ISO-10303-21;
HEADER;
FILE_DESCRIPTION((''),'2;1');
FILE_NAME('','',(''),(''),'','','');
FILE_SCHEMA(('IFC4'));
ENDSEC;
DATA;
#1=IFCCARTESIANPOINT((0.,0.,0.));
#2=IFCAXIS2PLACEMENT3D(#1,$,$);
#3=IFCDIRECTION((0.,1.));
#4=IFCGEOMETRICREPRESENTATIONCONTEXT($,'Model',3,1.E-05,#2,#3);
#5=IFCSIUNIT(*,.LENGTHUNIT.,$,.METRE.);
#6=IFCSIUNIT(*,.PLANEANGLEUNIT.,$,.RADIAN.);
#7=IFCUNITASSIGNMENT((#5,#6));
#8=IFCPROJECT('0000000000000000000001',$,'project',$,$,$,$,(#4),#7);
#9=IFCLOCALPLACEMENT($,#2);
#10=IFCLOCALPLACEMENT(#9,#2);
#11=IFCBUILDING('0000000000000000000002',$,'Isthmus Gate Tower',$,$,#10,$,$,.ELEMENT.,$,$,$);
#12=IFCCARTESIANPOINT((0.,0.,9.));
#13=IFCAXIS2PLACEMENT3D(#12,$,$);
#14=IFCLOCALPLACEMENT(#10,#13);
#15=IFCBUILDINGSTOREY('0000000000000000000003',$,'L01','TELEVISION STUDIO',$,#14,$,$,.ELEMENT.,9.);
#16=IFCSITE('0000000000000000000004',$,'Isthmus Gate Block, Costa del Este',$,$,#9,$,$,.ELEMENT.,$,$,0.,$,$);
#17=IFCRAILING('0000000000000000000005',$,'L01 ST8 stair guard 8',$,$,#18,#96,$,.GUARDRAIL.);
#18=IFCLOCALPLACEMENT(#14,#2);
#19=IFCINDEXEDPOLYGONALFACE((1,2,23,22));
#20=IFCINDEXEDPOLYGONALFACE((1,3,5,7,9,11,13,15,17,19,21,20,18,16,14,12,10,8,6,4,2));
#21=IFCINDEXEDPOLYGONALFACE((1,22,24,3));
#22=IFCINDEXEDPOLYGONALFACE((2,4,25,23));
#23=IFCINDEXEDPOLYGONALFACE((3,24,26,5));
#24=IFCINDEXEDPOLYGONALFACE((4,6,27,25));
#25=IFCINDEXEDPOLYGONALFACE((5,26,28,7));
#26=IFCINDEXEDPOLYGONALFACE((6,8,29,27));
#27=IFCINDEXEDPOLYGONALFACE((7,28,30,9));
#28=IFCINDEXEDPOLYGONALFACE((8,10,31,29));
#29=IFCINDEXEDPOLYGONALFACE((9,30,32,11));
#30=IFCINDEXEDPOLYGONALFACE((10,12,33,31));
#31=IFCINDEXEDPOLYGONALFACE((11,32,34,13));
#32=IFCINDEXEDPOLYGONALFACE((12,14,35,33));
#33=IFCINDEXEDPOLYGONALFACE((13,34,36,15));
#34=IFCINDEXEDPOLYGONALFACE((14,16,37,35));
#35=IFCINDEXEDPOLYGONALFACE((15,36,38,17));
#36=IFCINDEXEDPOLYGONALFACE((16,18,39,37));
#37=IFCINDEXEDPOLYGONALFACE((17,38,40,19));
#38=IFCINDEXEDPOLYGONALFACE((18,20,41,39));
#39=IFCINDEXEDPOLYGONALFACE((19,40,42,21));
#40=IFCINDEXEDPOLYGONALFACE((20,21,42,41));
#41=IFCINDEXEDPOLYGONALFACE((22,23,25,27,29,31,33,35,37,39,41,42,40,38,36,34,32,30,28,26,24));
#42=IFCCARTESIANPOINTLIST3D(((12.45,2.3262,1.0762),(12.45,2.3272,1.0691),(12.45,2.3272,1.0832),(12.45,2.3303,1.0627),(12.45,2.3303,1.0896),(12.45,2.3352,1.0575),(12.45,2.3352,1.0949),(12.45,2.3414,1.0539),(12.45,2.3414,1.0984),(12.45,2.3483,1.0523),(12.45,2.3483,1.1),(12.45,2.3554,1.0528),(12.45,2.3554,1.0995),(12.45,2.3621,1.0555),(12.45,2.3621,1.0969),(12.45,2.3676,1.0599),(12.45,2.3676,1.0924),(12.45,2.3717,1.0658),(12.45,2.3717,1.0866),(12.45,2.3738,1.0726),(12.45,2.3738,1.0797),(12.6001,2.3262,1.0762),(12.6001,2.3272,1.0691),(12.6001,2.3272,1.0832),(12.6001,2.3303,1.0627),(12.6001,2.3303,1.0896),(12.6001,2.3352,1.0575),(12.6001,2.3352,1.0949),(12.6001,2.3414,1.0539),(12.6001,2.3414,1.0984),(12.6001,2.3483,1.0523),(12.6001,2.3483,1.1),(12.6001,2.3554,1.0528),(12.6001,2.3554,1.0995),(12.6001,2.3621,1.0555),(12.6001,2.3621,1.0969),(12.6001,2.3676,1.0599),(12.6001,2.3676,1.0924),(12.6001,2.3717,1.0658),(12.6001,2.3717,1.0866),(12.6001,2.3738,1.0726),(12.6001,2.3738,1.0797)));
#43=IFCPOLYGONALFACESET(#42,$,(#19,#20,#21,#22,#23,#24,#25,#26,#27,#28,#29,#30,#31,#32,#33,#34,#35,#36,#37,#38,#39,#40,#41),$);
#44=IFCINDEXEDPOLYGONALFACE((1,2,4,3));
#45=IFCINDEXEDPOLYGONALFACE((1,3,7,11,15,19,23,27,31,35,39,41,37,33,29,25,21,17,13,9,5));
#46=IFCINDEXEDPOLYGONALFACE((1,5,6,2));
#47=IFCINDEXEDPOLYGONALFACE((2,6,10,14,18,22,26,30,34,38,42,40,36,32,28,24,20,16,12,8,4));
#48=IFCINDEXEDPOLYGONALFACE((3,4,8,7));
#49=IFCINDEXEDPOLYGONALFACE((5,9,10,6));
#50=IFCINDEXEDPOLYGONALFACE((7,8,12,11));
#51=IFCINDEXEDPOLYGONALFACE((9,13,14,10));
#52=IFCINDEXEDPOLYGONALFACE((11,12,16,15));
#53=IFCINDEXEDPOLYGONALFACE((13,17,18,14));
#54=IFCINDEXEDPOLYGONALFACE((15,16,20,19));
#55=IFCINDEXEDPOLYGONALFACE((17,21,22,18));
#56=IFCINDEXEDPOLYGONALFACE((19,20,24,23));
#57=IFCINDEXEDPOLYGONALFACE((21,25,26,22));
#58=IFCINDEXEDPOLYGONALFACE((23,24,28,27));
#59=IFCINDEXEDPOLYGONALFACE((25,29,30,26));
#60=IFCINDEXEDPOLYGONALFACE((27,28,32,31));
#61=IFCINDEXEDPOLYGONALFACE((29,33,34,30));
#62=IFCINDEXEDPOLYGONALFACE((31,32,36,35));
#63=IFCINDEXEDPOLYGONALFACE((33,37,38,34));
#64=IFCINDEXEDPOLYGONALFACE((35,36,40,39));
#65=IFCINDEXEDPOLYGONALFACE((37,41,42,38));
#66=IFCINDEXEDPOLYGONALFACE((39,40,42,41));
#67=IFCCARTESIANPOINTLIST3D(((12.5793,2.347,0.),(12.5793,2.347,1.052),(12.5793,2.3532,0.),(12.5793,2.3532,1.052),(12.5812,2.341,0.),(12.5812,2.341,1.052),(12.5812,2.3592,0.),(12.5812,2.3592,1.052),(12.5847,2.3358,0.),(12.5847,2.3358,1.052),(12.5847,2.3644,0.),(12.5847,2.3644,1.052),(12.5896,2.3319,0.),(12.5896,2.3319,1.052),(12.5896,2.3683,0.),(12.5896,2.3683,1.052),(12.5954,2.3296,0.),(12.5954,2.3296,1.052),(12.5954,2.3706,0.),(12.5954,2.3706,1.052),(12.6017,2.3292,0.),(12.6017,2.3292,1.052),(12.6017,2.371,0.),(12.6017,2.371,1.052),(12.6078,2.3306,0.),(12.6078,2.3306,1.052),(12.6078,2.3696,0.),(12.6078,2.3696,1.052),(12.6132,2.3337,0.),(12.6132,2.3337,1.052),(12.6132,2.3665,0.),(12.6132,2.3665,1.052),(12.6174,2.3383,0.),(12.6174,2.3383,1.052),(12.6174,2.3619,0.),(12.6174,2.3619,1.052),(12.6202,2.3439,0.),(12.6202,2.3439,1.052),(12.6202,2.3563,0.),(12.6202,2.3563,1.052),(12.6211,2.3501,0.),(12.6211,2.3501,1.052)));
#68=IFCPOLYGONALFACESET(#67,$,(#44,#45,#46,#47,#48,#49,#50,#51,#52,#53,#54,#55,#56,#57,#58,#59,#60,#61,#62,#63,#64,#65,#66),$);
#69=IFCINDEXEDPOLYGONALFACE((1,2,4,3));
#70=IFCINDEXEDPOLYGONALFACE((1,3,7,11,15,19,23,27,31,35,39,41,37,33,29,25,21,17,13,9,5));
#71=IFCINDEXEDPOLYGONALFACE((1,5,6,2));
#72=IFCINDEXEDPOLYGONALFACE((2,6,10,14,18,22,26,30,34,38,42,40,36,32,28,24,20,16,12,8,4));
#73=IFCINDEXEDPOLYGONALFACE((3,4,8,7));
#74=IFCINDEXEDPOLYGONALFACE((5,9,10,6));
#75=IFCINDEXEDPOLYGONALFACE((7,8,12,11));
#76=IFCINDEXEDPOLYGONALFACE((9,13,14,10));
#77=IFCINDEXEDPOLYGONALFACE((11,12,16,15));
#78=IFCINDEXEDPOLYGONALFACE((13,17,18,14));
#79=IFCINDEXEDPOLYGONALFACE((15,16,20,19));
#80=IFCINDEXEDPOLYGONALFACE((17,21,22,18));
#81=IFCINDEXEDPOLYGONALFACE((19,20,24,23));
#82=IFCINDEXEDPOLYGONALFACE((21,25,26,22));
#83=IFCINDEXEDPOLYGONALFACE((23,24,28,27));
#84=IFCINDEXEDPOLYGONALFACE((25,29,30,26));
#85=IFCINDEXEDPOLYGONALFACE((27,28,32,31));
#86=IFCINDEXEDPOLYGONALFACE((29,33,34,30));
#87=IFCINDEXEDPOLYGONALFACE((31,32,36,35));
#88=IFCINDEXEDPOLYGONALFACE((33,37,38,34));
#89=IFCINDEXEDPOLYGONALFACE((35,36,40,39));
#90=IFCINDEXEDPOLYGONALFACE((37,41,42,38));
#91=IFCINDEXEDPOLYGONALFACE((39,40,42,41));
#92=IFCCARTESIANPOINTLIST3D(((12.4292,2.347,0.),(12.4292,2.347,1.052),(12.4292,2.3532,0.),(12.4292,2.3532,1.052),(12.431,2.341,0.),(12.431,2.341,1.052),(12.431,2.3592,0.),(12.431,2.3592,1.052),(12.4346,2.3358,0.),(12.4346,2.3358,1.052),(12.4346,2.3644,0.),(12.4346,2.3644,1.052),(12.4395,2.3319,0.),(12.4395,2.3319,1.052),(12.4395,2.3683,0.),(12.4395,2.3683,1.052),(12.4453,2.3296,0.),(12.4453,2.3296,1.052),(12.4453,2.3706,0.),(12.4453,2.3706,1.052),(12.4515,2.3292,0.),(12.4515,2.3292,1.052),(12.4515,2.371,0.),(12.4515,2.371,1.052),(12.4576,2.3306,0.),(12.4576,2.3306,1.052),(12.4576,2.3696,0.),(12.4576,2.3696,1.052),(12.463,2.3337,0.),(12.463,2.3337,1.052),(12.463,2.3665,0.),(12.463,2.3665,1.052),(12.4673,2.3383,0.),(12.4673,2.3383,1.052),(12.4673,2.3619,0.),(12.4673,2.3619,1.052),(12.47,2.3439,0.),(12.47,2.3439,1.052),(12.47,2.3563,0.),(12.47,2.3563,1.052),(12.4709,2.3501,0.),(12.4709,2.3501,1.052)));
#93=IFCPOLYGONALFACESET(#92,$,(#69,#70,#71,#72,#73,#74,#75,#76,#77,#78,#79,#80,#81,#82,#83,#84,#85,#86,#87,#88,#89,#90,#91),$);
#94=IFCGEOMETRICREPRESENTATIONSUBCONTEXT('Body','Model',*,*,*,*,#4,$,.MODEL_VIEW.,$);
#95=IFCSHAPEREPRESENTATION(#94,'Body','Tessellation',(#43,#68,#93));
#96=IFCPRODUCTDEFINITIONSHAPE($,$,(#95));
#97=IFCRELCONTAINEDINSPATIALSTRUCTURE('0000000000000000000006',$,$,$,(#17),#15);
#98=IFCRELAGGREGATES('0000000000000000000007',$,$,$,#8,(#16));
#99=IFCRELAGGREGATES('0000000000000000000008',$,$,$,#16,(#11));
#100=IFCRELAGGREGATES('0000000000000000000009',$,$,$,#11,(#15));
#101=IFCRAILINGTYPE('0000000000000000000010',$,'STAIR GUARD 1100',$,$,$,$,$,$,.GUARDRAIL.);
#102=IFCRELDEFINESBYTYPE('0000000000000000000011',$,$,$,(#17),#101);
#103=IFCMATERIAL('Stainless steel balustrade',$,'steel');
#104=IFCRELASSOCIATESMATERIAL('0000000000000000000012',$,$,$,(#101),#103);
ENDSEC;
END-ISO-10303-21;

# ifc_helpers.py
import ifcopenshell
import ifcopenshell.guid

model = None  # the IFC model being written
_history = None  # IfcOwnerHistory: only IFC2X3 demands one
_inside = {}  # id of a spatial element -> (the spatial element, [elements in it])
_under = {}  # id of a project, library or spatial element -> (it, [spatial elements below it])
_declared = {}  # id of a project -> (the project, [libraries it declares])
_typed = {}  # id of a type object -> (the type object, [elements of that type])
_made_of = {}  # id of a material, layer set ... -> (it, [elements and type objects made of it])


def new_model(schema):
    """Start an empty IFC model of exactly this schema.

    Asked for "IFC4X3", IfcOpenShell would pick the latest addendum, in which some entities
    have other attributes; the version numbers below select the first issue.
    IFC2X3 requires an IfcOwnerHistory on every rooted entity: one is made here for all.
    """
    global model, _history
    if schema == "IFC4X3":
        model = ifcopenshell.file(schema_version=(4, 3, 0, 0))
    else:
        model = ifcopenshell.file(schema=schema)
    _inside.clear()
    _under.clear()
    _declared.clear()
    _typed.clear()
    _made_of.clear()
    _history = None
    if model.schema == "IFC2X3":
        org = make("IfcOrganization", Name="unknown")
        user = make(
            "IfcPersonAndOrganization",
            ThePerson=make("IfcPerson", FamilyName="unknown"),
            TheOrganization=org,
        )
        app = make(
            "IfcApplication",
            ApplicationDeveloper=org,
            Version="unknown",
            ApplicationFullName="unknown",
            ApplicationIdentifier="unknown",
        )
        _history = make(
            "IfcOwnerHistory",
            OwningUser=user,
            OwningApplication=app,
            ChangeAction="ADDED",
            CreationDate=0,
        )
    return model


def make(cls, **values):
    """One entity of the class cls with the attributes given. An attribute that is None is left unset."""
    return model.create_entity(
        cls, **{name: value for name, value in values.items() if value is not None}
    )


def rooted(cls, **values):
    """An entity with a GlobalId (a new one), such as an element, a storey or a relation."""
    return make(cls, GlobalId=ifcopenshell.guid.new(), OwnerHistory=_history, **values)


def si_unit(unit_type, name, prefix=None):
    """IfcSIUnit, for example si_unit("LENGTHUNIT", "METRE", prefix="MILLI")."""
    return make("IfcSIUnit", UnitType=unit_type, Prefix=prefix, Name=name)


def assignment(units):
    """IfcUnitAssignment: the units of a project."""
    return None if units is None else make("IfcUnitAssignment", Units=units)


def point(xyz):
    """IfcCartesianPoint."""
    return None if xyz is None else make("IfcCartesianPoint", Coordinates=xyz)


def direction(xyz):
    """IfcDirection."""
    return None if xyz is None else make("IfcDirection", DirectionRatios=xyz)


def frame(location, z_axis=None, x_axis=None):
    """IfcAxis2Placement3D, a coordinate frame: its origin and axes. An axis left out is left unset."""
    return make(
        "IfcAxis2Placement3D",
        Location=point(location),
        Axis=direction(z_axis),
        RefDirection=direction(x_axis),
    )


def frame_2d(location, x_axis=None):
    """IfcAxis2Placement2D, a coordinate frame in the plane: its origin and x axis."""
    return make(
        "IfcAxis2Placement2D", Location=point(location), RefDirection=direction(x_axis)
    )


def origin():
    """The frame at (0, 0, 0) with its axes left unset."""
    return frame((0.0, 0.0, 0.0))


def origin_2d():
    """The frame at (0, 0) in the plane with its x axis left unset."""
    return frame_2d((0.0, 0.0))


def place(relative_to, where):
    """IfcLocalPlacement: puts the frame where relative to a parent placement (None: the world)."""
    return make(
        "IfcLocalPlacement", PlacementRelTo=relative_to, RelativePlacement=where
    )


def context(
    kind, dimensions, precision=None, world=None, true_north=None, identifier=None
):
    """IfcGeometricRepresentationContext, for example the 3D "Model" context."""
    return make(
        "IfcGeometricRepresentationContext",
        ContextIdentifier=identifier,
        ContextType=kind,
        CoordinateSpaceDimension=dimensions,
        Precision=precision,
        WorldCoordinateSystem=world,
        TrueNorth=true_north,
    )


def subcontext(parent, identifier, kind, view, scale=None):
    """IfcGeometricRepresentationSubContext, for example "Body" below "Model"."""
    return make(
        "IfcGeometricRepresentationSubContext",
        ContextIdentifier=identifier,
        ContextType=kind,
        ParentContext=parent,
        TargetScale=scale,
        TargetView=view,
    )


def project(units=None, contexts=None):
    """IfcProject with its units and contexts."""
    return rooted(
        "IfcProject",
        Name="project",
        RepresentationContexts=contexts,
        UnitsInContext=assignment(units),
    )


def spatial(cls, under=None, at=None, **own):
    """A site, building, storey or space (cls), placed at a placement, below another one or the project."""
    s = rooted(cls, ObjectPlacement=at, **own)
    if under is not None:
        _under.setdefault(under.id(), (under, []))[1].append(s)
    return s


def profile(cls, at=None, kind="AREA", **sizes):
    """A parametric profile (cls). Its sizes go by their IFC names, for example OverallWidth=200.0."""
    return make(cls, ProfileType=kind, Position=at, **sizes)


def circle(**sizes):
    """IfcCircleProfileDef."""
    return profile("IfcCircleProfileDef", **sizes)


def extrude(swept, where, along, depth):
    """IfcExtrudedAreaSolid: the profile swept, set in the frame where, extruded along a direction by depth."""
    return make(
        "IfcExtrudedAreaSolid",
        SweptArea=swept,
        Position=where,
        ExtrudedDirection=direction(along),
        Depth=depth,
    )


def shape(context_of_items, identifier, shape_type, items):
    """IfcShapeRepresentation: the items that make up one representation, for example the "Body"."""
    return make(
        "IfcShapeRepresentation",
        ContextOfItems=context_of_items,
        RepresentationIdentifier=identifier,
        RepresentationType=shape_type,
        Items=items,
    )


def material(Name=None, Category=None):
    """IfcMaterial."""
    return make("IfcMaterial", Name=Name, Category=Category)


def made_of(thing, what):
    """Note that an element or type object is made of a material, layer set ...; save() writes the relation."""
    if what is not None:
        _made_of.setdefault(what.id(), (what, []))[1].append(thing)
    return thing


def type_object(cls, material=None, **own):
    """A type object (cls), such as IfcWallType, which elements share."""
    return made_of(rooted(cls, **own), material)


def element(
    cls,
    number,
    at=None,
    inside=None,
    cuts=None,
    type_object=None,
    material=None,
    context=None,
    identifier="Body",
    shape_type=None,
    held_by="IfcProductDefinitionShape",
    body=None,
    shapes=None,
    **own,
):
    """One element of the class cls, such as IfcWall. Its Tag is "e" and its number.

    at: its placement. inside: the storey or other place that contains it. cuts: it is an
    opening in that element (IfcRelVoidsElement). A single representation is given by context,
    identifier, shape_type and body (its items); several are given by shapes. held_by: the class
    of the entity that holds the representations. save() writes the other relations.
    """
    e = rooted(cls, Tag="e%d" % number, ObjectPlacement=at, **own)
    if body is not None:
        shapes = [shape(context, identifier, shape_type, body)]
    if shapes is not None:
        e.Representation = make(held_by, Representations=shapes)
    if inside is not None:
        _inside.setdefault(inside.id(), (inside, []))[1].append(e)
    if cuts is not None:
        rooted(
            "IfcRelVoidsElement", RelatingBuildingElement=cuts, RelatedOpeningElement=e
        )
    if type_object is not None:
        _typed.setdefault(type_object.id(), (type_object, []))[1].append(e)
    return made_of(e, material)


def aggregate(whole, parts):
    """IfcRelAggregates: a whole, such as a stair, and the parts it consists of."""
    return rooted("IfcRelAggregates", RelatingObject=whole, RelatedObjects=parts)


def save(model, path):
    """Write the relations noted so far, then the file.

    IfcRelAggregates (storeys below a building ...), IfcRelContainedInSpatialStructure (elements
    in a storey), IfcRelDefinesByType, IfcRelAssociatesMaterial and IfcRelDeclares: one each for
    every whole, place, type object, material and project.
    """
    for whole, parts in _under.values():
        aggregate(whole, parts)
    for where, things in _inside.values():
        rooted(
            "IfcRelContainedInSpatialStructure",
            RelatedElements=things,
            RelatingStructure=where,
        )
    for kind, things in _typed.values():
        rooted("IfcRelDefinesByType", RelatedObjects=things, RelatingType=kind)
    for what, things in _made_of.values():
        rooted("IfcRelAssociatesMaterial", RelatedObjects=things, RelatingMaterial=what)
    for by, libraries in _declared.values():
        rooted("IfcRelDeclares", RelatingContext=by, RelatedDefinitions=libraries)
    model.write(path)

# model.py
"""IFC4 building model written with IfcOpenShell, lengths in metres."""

from ifc_helpers import new_model, si_unit, direction, frame, origin, origin_2d, place, context, subcontext, project, spatial, circle, extrude, material, type_object, element, save


model = new_model("IFC4")

# Units and contexts
model_context = context("Model", 3, precision=1e-05, world=origin(), true_north=direction((0.0, 1.0)))
body_context = subcontext(model_context, "Body", "Model", "MODEL_VIEW")
ifc_project = project(units=[si_unit("LENGTHUNIT", "METRE"), si_unit("PLANEANGLEUNIT", "RADIAN")], contexts=[model_context])

# Site, building, storey
site_placement = place(None, origin())
site = spatial("IfcSite", under=ifc_project, at=site_placement, Name="Isthmus Gate Block, Costa del Este", CompositionType="ELEMENT", RefElevation=0.0)
building_placement = place(site_placement, origin())
building = spatial("IfcBuilding", under=site, at=building_placement, Name="Isthmus Gate Tower", CompositionType="ELEMENT")
storey_placement = place(building_placement, frame((0.0, 0.0, 9.0)))
storey = spatial("IfcBuildingStorey", under=building, at=storey_placement, Name="L01", Description="TELEVISION STUDIO", CompositionType="ELEMENT", Elevation=9.0)

# Railing
ifc_material_1 = material(Name="Stainless steel balustrade", Category="steel")
railing_type_1 = type_object("IfcRailingType", Name="STAIR GUARD 1100", PredefinedType="GUARDRAIL", material=ifc_material_1)
railing_1_placement = place(storey_placement, frame((12.6001, 2.3501, 0.0)))
element("IfcRailing", 1, at=railing_1_placement, inside=storey, type_object=railing_type_1, Name="L01 ST8 stair guard 8", PredefinedType="GUARDRAIL", context=body_context, shape_type="SweptSolid", body=[
    extrude(circle(Radius=0.0239, at=origin_2d()), frame((0.0, 0.0, 1.0762), z_axis=(-1.0, 0.0, 0.0), x_axis=(0.0, -1.0, 0.0)), (0.0, 0.0, 1.0), 0.1501),
    extrude(circle(Radius=0.021, at=origin_2d()), origin(), (0.0, 0.0, 1.0), 1.052),
    extrude(circle(Radius=0.021, at=origin_2d()), frame((-0.1501, 0.0, 0.0)), (0.0, 0.0, 1.0), 1.052),
])

save(model, "model.ifc")
